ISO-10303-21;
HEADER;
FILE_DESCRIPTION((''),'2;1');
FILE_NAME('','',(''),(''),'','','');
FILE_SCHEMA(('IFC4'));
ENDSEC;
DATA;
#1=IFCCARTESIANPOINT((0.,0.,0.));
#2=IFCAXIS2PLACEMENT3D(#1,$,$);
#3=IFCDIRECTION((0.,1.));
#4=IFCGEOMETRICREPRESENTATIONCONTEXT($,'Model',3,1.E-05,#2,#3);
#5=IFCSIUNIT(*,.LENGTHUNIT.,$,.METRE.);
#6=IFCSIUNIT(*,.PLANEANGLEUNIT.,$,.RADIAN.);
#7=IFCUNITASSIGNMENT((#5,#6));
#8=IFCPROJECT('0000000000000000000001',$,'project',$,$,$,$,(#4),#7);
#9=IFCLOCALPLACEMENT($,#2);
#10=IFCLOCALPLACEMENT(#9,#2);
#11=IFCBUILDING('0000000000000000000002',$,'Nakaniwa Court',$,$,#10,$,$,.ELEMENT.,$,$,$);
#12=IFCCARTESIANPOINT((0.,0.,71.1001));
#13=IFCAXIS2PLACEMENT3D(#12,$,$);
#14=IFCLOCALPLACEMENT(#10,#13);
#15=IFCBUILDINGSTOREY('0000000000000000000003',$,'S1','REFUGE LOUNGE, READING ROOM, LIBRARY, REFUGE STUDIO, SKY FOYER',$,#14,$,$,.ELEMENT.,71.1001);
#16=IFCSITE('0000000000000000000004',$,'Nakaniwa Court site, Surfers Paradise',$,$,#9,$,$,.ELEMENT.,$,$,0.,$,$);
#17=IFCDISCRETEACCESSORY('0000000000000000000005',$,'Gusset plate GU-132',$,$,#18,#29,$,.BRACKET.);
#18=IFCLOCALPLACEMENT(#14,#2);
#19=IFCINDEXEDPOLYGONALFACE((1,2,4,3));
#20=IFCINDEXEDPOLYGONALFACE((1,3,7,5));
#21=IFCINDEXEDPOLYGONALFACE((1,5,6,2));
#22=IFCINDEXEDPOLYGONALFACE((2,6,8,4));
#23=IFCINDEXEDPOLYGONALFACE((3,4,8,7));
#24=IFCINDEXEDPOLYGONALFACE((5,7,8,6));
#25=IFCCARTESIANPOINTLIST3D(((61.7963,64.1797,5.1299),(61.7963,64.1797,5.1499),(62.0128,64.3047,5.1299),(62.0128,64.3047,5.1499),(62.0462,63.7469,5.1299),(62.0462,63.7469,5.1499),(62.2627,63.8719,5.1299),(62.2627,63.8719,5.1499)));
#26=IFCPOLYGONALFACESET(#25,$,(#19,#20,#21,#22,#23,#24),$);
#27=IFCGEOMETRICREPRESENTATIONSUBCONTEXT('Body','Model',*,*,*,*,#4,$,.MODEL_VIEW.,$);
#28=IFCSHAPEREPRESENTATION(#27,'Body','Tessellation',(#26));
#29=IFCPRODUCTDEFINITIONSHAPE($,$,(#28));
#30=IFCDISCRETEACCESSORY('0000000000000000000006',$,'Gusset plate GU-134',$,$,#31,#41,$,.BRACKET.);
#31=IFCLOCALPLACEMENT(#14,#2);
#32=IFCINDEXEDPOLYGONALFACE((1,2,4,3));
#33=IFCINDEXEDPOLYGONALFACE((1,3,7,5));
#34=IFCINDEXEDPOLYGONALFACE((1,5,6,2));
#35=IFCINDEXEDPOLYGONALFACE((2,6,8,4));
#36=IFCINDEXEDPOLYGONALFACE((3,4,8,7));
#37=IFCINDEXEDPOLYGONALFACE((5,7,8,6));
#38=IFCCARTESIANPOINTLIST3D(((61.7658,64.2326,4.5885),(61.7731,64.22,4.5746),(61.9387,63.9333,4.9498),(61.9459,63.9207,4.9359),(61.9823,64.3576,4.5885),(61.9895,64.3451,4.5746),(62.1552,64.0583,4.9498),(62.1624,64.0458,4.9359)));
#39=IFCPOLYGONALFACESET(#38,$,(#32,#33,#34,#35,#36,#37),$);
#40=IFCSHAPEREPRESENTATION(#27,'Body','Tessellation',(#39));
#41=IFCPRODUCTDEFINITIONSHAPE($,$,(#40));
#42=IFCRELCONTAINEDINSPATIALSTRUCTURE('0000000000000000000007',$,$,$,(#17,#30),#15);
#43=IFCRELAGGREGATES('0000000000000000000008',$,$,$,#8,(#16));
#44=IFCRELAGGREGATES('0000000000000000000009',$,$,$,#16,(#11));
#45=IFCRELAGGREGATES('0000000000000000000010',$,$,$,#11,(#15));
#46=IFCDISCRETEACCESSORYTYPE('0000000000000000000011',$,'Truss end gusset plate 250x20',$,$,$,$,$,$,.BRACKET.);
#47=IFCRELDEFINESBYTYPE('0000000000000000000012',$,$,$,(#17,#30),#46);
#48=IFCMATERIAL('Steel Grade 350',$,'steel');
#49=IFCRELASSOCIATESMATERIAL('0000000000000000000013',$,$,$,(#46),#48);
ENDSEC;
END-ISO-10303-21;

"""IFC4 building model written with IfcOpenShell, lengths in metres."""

from ifc_helpers import new_model, si_unit, direction, frame, origin, origin_2d, place, context, subcontext, project, spatial, rectangle, extrude, material, material_profile, profile_set, type_object, element, save


model = new_model("IFC4")

# Units and contexts
model_context = context("Model", 3, precision=1e-05, world=origin(), true_north=direction((0.0, 1.0)))
body_context = subcontext(model_context, "Body", "Model", "MODEL_VIEW")
ifc_project = project(units=[si_unit("LENGTHUNIT", "METRE"), si_unit("PLANEANGLEUNIT", "RADIAN")], contexts=[model_context])

# Site, building, storey
site_placement = place(None, origin())
site = spatial("IfcSite", under=ifc_project, at=site_placement, Name="Nakaniwa Court site, Surfers Paradise", CompositionType="ELEMENT", RefElevation=0.0)
building_placement = place(site_placement, origin())
building = spatial("IfcBuilding", under=site, at=building_placement, Name="Nakaniwa Court", CompositionType="ELEMENT")
storey_placement = place(building_placement, frame((0.0, 0.0, 71.1001)))
storey = spatial("IfcBuildingStorey", under=building, at=storey_placement, Name="S1", Description="REFUGE LOUNGE, READING ROOM, LIBRARY, REFUGE STUDIO, SKY FOYER", CompositionType="ELEMENT", Elevation=71.1001)

# Discrete accessories
ifc_material_1 = material(Name="Steel Grade 350", Category="steel")
ifc_material_profile_1 = material_profile(ifc_material_1, rectangle(XDim=0.25, YDim=0.02, at=origin_2d()), Name="Truss end gusset plate 250x20")
ifc_profile_set_1 = profile_set([ifc_material_profile_1], Name="Steel Grade 350")
discrete_accessory_type = type_object("IfcDiscreteAccessoryType", Name="Truss end gusset plate 250x20", PredefinedType="BRACKET", material=ifc_profile_set_1)
for number, where, z_axis, x_axis, name in (
    (1, (61.9045, 64.2422, 5.1399), (0.500131, -0.86595, 0.0), (0.86595, 0.500131, 0.0), "Gusset plate GU-132"),
):
    element("IfcDiscreteAccessory", number, at=place(storey_placement, frame(where, z_axis=z_axis, x_axis=x_axis)), inside=storey, type_object=discrete_accessory_type, Name=name, PredefinedType="BRACKET", context=body_context, shape_type="SweptSolid", body=[
        extrude(rectangle(XDim=0.25, YDim=0.02, at=origin_2d()), origin(), (0.0, 0.0, 1.0), 0.4998),
    ])
discrete_accessory_placement = place(storey_placement, frame((61.8777, 64.2888, 4.5815), z_axis=(0.345685, -0.598602, 0.722619), x_axis=(0.865974, 0.500089, 0.0)))
element("IfcDiscreteAccessory", 2, at=discrete_accessory_placement, inside=storey, type_object=discrete_accessory_type, Name="Gusset plate GU-134", PredefinedType="BRACKET", context=body_context, shape_type="SweptSolid", body=[
    extrude(rectangle(XDim=0.25, YDim=0.02, at=origin_2d()), origin(), (0.0, 0.0, 1.0), 0.5),
])

save(model, "model.ifc")
